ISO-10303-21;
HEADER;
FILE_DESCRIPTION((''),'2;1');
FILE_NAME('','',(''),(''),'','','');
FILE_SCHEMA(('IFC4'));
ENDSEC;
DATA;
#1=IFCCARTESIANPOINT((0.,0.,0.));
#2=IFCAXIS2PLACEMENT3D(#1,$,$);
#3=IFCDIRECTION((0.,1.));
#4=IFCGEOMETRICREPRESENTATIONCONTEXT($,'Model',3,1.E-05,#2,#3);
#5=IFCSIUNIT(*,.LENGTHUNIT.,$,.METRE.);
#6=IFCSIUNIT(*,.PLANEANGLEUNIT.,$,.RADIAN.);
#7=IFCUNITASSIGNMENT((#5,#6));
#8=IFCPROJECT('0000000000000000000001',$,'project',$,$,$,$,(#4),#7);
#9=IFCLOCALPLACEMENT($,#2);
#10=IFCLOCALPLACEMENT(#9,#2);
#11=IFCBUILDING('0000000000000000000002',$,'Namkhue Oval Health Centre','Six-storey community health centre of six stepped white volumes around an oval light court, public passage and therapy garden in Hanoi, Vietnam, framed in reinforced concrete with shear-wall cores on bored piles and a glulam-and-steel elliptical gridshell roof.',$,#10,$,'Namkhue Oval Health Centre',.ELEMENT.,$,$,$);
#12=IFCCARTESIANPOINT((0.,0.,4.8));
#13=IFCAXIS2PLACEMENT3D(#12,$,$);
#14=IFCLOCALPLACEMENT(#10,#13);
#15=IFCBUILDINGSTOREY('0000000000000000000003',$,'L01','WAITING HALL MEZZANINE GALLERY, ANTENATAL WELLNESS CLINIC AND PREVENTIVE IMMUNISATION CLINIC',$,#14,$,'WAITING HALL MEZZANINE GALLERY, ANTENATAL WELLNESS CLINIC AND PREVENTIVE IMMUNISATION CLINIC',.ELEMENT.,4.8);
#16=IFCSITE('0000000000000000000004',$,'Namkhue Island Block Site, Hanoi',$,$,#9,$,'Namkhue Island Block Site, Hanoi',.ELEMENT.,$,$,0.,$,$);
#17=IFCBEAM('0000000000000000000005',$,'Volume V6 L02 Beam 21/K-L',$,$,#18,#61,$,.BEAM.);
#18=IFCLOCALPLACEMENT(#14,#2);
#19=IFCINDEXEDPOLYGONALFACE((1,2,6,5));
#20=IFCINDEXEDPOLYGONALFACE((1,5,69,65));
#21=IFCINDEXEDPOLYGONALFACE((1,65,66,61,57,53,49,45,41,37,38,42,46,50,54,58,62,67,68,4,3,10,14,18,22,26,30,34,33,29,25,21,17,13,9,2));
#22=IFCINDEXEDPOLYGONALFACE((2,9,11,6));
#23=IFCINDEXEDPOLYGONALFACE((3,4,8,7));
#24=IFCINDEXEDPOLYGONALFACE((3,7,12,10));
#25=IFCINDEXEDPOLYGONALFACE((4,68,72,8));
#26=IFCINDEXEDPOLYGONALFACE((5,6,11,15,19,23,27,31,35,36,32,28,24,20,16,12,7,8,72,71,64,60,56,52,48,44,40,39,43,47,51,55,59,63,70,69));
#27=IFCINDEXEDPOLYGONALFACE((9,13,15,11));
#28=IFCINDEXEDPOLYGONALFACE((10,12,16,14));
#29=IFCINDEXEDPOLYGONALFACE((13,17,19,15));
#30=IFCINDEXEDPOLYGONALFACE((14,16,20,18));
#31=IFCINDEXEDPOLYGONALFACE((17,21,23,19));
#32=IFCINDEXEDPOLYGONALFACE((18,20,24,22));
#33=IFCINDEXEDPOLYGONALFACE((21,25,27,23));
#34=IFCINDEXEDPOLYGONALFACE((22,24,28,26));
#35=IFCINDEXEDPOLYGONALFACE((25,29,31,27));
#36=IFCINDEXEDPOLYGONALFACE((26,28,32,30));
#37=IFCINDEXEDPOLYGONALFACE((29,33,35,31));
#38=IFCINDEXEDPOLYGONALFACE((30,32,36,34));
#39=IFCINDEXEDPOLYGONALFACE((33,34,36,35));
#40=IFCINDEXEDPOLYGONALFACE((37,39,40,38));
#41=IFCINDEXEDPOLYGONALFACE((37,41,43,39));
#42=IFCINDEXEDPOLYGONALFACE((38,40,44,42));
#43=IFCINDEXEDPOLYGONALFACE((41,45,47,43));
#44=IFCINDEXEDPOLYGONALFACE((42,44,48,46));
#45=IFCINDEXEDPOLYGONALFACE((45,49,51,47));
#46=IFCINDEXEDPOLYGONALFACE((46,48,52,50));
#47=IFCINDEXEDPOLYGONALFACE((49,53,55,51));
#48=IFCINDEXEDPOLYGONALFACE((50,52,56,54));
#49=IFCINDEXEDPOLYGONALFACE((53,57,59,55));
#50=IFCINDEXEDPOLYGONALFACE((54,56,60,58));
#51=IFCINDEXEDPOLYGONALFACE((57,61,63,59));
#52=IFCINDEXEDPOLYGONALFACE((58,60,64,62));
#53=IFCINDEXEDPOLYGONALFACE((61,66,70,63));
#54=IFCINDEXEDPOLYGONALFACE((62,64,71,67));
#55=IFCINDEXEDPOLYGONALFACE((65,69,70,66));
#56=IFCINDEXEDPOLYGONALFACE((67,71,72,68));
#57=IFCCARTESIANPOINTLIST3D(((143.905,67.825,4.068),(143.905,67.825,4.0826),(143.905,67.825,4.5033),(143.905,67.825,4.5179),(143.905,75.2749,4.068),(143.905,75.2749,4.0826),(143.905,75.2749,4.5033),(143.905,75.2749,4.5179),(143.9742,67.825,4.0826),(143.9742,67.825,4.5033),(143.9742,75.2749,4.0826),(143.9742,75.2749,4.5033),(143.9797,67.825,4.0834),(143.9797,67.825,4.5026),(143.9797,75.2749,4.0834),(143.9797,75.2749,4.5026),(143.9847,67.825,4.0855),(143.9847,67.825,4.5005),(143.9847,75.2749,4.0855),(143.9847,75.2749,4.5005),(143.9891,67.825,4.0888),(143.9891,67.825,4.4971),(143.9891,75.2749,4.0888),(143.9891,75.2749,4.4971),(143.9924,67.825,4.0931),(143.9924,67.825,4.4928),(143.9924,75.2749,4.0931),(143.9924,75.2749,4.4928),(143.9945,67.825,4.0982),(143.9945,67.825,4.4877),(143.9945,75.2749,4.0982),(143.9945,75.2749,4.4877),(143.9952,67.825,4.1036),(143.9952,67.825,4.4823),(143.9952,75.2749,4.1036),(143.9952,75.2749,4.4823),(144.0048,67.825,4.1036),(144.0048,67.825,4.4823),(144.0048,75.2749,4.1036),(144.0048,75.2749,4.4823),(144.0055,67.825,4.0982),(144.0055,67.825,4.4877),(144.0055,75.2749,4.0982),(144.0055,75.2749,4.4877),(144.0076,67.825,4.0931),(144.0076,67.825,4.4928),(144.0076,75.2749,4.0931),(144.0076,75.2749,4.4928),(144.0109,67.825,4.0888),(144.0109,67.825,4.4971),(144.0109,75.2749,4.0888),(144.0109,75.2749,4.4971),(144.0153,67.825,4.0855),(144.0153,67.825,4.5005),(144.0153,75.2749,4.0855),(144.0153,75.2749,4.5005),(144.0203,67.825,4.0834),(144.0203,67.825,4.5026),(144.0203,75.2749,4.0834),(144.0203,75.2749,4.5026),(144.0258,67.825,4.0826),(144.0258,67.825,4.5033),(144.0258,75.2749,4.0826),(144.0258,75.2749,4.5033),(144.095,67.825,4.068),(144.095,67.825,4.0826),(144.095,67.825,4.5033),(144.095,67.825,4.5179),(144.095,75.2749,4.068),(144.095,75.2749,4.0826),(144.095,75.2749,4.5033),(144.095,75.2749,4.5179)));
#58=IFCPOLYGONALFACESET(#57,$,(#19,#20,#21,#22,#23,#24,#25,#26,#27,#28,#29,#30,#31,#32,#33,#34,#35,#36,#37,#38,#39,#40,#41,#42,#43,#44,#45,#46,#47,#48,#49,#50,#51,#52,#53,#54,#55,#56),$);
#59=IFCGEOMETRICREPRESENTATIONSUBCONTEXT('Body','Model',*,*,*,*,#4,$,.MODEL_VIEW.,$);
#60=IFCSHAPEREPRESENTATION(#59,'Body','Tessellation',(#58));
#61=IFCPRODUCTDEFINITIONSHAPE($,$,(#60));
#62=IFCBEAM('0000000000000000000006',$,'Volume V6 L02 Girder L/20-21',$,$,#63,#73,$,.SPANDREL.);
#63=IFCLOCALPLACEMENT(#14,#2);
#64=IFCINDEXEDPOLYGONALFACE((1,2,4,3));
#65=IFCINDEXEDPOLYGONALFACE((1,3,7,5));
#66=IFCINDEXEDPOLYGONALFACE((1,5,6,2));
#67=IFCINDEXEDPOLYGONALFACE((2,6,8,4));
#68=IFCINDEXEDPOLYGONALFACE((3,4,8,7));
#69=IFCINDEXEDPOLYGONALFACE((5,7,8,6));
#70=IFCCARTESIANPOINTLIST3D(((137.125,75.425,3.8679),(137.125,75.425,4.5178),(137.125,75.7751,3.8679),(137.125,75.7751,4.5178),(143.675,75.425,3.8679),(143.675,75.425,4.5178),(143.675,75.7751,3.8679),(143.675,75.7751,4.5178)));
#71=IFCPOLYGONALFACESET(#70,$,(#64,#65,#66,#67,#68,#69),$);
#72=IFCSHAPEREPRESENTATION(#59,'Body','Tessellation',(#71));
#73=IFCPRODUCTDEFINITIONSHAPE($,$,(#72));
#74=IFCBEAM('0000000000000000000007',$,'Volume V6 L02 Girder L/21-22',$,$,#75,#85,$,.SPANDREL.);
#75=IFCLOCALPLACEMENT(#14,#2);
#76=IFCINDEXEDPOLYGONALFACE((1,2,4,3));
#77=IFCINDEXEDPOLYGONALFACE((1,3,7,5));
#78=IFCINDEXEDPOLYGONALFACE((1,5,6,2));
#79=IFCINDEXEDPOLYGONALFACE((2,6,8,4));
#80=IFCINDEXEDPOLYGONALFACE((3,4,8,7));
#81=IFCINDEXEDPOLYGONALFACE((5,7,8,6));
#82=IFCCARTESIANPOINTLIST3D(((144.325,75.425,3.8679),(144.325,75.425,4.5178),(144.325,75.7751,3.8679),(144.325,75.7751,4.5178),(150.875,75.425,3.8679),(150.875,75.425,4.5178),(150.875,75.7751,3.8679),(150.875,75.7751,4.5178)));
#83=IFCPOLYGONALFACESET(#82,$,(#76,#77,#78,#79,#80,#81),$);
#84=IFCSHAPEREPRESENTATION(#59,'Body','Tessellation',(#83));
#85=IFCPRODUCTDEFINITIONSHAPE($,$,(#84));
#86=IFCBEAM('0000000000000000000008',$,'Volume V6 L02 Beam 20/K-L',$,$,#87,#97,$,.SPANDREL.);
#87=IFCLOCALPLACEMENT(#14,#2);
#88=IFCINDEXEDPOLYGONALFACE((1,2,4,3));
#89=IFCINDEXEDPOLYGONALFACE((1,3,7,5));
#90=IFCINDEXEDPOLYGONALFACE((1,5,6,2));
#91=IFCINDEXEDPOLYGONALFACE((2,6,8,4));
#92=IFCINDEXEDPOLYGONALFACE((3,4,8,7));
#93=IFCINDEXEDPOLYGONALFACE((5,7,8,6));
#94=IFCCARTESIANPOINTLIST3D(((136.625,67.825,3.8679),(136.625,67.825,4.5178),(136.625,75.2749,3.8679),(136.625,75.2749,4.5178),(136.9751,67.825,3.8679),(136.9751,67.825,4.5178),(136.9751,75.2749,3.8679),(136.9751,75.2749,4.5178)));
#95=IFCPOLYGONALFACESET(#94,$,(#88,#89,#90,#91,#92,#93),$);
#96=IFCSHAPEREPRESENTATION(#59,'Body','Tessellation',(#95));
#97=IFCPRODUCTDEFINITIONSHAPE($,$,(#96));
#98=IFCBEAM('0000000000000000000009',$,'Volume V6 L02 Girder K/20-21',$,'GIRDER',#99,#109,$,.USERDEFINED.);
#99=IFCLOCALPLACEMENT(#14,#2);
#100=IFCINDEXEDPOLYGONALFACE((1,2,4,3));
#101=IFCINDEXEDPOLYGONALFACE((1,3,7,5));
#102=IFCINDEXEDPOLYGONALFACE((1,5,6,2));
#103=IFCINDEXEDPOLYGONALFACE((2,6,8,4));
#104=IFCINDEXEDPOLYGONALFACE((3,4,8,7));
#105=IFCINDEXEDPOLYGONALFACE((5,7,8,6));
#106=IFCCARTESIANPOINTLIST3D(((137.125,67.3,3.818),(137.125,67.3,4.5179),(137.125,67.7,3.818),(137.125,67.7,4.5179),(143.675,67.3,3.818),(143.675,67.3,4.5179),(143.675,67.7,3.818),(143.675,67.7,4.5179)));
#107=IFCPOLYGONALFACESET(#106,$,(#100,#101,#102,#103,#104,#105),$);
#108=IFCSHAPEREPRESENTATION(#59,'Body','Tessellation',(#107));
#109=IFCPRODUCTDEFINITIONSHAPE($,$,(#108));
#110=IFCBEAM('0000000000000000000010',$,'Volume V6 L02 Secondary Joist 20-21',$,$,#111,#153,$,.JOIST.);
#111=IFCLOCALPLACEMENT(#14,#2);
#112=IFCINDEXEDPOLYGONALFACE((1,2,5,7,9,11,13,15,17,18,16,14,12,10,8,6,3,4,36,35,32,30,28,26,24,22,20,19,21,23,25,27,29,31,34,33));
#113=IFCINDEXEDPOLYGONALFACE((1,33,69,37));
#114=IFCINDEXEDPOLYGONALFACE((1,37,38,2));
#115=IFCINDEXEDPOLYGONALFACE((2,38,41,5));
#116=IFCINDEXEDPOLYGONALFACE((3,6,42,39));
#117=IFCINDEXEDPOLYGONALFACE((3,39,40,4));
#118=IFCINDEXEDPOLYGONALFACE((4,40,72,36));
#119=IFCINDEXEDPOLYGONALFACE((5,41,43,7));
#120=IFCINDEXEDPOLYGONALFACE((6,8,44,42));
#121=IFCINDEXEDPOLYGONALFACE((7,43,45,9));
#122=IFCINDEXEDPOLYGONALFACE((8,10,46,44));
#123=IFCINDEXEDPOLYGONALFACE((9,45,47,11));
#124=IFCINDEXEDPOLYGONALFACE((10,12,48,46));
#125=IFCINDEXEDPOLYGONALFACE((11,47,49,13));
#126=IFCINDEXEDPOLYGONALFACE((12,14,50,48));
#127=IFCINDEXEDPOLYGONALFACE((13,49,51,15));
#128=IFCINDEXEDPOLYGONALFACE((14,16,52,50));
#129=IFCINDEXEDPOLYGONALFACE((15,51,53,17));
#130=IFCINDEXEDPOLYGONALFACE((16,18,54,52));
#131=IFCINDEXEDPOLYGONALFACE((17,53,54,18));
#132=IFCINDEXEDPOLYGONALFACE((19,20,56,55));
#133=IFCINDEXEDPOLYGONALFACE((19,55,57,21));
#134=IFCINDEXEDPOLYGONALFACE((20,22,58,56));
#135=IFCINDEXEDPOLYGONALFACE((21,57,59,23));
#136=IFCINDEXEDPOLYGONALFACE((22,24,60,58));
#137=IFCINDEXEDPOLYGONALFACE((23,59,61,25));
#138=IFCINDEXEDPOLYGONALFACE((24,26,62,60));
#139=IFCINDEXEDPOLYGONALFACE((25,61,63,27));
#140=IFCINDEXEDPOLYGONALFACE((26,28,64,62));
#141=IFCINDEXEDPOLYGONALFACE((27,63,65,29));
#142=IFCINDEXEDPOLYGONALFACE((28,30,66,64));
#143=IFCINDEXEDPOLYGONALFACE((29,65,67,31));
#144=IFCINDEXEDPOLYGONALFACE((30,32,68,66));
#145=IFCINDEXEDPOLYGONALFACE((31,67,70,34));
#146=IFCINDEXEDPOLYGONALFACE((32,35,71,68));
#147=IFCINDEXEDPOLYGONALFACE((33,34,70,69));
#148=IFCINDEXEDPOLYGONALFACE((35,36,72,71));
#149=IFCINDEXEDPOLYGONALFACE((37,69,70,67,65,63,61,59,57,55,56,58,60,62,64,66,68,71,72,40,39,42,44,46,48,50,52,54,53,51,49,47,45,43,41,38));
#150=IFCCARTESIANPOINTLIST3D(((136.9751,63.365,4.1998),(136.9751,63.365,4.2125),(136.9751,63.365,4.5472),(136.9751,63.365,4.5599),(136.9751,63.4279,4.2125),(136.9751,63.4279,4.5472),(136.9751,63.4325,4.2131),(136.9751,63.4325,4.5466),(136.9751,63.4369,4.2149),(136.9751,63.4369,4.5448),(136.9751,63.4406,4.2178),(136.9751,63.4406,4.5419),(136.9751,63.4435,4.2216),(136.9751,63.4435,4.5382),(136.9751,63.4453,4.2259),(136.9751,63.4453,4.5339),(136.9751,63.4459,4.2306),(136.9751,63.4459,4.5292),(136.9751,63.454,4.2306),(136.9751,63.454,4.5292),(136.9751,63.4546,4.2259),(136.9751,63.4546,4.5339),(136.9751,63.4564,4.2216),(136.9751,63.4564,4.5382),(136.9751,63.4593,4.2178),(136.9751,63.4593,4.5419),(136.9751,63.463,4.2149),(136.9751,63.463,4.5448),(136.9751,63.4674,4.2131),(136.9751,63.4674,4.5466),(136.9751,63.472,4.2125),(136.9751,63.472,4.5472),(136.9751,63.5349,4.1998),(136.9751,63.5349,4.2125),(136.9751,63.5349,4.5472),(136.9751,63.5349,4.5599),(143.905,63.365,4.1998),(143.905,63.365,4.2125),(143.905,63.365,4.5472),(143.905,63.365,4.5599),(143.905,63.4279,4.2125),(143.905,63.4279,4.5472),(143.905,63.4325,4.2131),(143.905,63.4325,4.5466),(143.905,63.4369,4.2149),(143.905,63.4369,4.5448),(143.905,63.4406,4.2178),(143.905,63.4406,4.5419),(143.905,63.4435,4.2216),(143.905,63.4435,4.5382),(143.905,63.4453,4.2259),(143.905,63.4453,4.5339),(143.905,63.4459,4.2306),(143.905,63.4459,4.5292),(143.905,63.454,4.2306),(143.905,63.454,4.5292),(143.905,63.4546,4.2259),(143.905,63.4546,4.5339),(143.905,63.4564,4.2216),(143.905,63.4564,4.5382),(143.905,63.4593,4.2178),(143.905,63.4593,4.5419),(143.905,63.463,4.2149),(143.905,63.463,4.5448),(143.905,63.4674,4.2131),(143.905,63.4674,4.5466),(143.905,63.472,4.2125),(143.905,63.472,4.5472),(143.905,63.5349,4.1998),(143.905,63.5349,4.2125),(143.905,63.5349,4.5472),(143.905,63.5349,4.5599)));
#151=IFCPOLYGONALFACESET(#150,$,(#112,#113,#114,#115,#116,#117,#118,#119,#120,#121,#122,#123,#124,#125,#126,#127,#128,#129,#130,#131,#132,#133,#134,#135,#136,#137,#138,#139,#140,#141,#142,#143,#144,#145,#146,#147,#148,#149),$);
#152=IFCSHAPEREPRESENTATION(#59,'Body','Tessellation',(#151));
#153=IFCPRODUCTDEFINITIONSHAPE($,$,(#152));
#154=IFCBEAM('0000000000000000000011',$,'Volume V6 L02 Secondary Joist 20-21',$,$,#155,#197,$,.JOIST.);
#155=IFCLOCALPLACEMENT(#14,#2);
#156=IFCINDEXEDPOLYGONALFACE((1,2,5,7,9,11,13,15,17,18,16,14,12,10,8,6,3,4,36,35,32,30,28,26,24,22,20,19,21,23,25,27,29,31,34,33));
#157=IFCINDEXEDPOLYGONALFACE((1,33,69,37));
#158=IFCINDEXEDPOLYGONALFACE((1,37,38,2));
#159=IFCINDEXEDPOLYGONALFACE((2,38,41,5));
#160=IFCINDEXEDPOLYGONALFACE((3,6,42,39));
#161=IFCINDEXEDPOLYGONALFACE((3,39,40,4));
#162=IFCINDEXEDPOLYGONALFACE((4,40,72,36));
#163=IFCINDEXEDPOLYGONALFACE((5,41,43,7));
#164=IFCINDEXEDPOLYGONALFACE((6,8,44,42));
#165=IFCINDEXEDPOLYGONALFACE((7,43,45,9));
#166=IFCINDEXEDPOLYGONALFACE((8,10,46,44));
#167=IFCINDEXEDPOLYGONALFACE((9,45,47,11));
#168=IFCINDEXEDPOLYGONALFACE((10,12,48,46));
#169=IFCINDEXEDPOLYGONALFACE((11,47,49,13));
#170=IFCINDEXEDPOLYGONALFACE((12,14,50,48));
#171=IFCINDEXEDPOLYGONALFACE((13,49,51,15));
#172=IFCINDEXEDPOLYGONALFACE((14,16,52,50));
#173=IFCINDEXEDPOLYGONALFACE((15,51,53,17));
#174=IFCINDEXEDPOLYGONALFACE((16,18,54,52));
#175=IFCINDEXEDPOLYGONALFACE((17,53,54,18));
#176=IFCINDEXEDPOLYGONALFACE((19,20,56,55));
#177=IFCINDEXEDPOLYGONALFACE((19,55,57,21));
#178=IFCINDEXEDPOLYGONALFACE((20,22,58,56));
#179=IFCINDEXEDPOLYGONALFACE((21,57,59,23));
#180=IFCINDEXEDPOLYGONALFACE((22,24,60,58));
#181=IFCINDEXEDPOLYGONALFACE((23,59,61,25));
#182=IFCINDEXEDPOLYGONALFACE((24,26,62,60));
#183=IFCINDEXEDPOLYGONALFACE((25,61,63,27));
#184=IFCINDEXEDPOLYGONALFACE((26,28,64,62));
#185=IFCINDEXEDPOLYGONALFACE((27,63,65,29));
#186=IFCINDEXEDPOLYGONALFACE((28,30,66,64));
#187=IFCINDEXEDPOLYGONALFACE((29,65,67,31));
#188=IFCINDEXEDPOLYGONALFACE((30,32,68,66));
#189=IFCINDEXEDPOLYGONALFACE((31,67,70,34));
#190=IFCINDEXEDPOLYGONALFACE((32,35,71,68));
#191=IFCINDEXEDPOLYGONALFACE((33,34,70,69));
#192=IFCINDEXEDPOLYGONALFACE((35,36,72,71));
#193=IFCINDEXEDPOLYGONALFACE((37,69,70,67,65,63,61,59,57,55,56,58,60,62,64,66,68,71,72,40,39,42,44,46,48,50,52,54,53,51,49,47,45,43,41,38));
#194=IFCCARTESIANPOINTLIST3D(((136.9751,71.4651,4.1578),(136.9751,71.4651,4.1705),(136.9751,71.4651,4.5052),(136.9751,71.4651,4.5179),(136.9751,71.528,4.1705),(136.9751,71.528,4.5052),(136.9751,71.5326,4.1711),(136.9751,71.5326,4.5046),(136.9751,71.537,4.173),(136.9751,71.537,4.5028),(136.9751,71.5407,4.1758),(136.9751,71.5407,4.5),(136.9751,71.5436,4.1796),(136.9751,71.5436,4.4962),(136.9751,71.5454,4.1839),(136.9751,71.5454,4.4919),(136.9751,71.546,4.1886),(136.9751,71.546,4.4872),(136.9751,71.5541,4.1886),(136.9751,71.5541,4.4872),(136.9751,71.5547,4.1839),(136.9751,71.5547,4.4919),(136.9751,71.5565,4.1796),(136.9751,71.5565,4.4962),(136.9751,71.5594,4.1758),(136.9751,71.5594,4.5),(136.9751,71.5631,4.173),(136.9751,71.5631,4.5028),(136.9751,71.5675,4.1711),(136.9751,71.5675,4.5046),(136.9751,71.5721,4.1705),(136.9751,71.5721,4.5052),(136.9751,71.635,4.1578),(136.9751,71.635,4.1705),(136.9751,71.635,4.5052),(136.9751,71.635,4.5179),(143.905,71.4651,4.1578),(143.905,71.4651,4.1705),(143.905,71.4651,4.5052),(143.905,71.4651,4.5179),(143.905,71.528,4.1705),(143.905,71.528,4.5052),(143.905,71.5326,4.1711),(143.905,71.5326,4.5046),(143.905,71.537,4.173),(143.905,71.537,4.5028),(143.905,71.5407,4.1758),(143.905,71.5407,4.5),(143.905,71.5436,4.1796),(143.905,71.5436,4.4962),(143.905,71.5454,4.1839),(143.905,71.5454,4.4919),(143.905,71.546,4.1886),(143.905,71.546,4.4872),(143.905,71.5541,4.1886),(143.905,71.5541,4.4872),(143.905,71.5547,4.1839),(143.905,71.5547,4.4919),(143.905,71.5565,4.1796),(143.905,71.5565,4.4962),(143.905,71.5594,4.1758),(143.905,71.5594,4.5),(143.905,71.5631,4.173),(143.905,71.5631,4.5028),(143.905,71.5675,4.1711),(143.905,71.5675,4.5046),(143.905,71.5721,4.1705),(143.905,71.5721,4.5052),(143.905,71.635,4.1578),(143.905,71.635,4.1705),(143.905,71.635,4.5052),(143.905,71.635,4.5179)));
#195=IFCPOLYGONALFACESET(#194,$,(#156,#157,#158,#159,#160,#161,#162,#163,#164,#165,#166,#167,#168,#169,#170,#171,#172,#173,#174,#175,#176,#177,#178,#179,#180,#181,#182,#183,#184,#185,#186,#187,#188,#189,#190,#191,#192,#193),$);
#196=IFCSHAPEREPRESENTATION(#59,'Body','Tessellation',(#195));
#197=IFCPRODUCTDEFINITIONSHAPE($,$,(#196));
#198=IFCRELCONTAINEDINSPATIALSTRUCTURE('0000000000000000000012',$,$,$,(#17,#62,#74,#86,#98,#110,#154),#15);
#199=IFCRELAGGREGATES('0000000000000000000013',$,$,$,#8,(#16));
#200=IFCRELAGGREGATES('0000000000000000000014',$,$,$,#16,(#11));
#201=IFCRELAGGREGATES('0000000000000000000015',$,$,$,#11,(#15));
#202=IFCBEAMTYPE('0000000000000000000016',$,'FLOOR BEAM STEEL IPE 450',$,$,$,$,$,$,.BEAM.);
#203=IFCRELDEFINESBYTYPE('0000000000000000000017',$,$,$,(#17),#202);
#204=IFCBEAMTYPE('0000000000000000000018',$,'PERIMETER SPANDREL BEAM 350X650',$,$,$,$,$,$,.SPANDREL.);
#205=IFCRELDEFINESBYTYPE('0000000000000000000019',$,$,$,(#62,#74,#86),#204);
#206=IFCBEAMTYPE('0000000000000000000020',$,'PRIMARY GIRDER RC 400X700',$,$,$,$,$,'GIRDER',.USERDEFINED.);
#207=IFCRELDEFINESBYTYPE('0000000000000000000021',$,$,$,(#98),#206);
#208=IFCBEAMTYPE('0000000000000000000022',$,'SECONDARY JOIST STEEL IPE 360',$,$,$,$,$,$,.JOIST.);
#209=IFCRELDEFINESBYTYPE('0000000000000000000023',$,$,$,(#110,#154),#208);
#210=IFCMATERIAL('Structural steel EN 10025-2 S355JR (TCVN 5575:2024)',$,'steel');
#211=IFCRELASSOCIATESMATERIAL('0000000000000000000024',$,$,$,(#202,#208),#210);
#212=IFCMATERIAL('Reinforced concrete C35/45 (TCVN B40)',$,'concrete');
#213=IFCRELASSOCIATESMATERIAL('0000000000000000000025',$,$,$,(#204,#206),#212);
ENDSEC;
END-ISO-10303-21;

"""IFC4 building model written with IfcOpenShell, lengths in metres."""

from ifc_helpers import new_model, si_unit, direction, frame, origin, origin_2d, place, context, subcontext, project, spatial, rectangle, i_section, extrude, material, material_profile, profile_set, type_object, element, save


model = new_model("IFC4")

# Units and contexts
model_context = context("Model", 3, precision=1e-05, world=origin(), true_north=direction((0.0, 1.0)))
body_context = subcontext(model_context, "Body", "Model", "MODEL_VIEW")
ifc_project = project(units=[si_unit("LENGTHUNIT", "METRE"), si_unit("PLANEANGLEUNIT", "RADIAN")], contexts=[model_context])

# Site, building, storey
site_placement = place(None, origin())
site = spatial("IfcSite", under=ifc_project, at=site_placement, Name="Namkhue Island Block Site, Hanoi", LongName="Namkhue Island Block Site, Hanoi", CompositionType="ELEMENT", RefElevation=0.0)
building_placement = place(site_placement, origin())
building = spatial("IfcBuilding", under=site, at=building_placement, Name="Namkhue Oval Health Centre", Description="Six-storey community health centre of six stepped white volumes around an oval light court, public passage and therapy garden in Hanoi, Vietnam, framed in reinforced concrete with shear-wall cores on bored piles and a glulam-and-steel elliptical gridshell roof.", LongName="Namkhue Oval Health Centre", CompositionType="ELEMENT")
storey_placement = place(building_placement, frame((0.0, 0.0, 4.8)))
storey = spatial("IfcBuildingStorey", under=building, at=storey_placement, Name="L01", Description="WAITING HALL MEZZANINE GALLERY, ANTENATAL WELLNESS CLINIC AND PREVENTIVE IMMUNISATION CLINIC", LongName="WAITING HALL MEZZANINE GALLERY, ANTENATAL WELLNESS CLINIC AND PREVENTIVE IMMUNISATION CLINIC", CompositionType="ELEMENT", Elevation=4.8)

# Shared definitions
ifc_material_1 = material(Name="Reinforced concrete C35/45 (TCVN B40)", Category="concrete")

# Beams
ifc_material_2 = material(Name="Structural steel EN 10025-2 S355JR (TCVN 5575:2024)", Category="steel")
ifc_material_profile_1 = material_profile(ifc_material_2, i_section(OverallWidth=0.1899, OverallDepth=0.45, WebThickness=0.0095, FlangeThickness=0.0146, FilletRadius=0.021, at=origin_2d()), Name="IPE 450")
ifc_profile_set_1 = profile_set([ifc_material_profile_1], Name="Structural steel EN 10025-2 S355JR (TCVN 5575:2024)")
beam_type_1 = type_object("IfcBeamType", Name="FLOOR BEAM STEEL IPE 450", PredefinedType="BEAM", material=ifc_profile_set_1)
beam_1_placement = place(storey_placement, frame((144.0, 67.825, 4.293), z_axis=(0.0, 1.0, 0.0), x_axis=(-1.0, 0.0, 0.0)))
element("IfcBeam", 1, at=beam_1_placement, inside=storey, type_object=beam_type_1, Name="Volume V6 L02 Beam 21/K-L", PredefinedType="BEAM", context=body_context, shape_type="SweptSolid", body=[
    extrude(i_section(OverallWidth=0.1899, OverallDepth=0.45, WebThickness=0.0095, FlangeThickness=0.0146, FilletRadius=0.021, at=origin_2d()), origin(), (0.0, 0.0, 1.0), 7.45),
])
ifc_material_profile_2 = material_profile(ifc_material_1, rectangle(XDim=0.3501, YDim=0.6499, at=origin_2d()), Name="RC 350x650")
ifc_profile_set_2 = profile_set([ifc_material_profile_2], Name="Reinforced concrete C35/45 (TCVN B40)")
beam_type_2 = type_object("IfcBeamType", Name="PERIMETER SPANDREL BEAM 350X650", PredefinedType="SPANDREL", material=ifc_profile_set_2)
for number, where, z_axis, x_axis, name in (
    (2, (137.125, 75.6001, 4.1929), (1.0, 0.0, 0.0), (0.0, 1.0, 0.0), "Volume V6 L02 Girder L/20-21"),
    (3, (144.325, 75.6001, 4.1929), (1.0, 0.0, 0.0), (0.0, 1.0, 0.0), "Volume V6 L02 Girder L/21-22"),
):
    element("IfcBeam", number, at=place(storey_placement, frame(where, z_axis=z_axis, x_axis=x_axis)), inside=storey, type_object=beam_type_2, Name=name, PredefinedType="SPANDREL", context=body_context, shape_type="SweptSolid", body=[
        extrude(rectangle(XDim=0.3501, YDim=0.6499, at=origin_2d()), origin(), (0.0, 0.0, 1.0), 6.55),
    ])
beam_2_placement = place(storey_placement, frame((136.8, 67.825, 4.1929), z_axis=(0.0, 1.0, 0.0), x_axis=(-1.0, 0.0, 0.0)))
element("IfcBeam", 4, at=beam_2_placement, inside=storey, type_object=beam_type_2, Name="Volume V6 L02 Beam 20/K-L", PredefinedType="SPANDREL", context=body_context, shape_type="SweptSolid", body=[
    extrude(rectangle(XDim=0.3501, YDim=0.6499, at=origin_2d()), origin(), (0.0, 0.0, 1.0), 7.45),
])
ifc_material_profile_3 = material_profile(ifc_material_1, rectangle(XDim=0.3999, YDim=0.7, at=origin_2d()), Name="RC 400x700")
ifc_profile_set_3 = profile_set([ifc_material_profile_3], Name="Reinforced concrete C35/45 (TCVN B40)")
beam_type_3 = type_object("IfcBeamType", Name="PRIMARY GIRDER RC 400X700", ElementType="GIRDER", PredefinedType="USERDEFINED", material=ifc_profile_set_3)
beam_3_placement = place(storey_placement, frame((137.125, 67.5, 4.168), z_axis=(1.0, 0.0, 0.0), x_axis=(0.0, 1.0, 0.0)))
element("IfcBeam", 5, at=beam_3_placement, inside=storey, type_object=beam_type_3, Name="Volume V6 L02 Girder K/20-21", ObjectType="GIRDER", PredefinedType="USERDEFINED", context=body_context, shape_type="SweptSolid", body=[
    extrude(rectangle(XDim=0.3999, YDim=0.7, at=origin_2d()), origin(), (0.0, 0.0, 1.0), 6.55),
])
ifc_material_profile_4 = material_profile(ifc_material_2, i_section(OverallWidth=0.1699, OverallDepth=0.3601, WebThickness=0.0081, FlangeThickness=0.0127, FilletRadius=0.0181, at=origin_2d()), Name="IPE 360")
ifc_profile_set_4 = profile_set([ifc_material_profile_4], Name="Structural steel EN 10025-2 S355JR (TCVN 5575:2024)")
beam_type_4 = type_object("IfcBeamType", Name="SECONDARY JOIST STEEL IPE 360", PredefinedType="JOIST", material=ifc_profile_set_4)
for number, where, z_axis, x_axis, name in (
    (6, (136.9751, 63.45, 4.3799), (1.0, 0.0, 0.0), (0.0, 1.0, 0.0), "Volume V6 L02 Secondary Joist 20-21"),
    (7, (136.9751, 71.55, 4.3379), (1.0, 0.0, 0.0), (0.0, 1.0, 0.0), "Volume V6 L02 Secondary Joist 20-21"),
):
    element("IfcBeam", number, at=place(storey_placement, frame(where, z_axis=z_axis, x_axis=x_axis)), inside=storey, type_object=beam_type_4, Name=name, PredefinedType="JOIST", context=body_context, shape_type="SweptSolid", body=[
        extrude(i_section(OverallWidth=0.1699, OverallDepth=0.3601, WebThickness=0.0081, FlangeThickness=0.0127, FilletRadius=0.0181, at=origin_2d()), origin(), (0.0, 0.0, 1.0), 6.9299),
    ])

save(model, "model.ifc")
